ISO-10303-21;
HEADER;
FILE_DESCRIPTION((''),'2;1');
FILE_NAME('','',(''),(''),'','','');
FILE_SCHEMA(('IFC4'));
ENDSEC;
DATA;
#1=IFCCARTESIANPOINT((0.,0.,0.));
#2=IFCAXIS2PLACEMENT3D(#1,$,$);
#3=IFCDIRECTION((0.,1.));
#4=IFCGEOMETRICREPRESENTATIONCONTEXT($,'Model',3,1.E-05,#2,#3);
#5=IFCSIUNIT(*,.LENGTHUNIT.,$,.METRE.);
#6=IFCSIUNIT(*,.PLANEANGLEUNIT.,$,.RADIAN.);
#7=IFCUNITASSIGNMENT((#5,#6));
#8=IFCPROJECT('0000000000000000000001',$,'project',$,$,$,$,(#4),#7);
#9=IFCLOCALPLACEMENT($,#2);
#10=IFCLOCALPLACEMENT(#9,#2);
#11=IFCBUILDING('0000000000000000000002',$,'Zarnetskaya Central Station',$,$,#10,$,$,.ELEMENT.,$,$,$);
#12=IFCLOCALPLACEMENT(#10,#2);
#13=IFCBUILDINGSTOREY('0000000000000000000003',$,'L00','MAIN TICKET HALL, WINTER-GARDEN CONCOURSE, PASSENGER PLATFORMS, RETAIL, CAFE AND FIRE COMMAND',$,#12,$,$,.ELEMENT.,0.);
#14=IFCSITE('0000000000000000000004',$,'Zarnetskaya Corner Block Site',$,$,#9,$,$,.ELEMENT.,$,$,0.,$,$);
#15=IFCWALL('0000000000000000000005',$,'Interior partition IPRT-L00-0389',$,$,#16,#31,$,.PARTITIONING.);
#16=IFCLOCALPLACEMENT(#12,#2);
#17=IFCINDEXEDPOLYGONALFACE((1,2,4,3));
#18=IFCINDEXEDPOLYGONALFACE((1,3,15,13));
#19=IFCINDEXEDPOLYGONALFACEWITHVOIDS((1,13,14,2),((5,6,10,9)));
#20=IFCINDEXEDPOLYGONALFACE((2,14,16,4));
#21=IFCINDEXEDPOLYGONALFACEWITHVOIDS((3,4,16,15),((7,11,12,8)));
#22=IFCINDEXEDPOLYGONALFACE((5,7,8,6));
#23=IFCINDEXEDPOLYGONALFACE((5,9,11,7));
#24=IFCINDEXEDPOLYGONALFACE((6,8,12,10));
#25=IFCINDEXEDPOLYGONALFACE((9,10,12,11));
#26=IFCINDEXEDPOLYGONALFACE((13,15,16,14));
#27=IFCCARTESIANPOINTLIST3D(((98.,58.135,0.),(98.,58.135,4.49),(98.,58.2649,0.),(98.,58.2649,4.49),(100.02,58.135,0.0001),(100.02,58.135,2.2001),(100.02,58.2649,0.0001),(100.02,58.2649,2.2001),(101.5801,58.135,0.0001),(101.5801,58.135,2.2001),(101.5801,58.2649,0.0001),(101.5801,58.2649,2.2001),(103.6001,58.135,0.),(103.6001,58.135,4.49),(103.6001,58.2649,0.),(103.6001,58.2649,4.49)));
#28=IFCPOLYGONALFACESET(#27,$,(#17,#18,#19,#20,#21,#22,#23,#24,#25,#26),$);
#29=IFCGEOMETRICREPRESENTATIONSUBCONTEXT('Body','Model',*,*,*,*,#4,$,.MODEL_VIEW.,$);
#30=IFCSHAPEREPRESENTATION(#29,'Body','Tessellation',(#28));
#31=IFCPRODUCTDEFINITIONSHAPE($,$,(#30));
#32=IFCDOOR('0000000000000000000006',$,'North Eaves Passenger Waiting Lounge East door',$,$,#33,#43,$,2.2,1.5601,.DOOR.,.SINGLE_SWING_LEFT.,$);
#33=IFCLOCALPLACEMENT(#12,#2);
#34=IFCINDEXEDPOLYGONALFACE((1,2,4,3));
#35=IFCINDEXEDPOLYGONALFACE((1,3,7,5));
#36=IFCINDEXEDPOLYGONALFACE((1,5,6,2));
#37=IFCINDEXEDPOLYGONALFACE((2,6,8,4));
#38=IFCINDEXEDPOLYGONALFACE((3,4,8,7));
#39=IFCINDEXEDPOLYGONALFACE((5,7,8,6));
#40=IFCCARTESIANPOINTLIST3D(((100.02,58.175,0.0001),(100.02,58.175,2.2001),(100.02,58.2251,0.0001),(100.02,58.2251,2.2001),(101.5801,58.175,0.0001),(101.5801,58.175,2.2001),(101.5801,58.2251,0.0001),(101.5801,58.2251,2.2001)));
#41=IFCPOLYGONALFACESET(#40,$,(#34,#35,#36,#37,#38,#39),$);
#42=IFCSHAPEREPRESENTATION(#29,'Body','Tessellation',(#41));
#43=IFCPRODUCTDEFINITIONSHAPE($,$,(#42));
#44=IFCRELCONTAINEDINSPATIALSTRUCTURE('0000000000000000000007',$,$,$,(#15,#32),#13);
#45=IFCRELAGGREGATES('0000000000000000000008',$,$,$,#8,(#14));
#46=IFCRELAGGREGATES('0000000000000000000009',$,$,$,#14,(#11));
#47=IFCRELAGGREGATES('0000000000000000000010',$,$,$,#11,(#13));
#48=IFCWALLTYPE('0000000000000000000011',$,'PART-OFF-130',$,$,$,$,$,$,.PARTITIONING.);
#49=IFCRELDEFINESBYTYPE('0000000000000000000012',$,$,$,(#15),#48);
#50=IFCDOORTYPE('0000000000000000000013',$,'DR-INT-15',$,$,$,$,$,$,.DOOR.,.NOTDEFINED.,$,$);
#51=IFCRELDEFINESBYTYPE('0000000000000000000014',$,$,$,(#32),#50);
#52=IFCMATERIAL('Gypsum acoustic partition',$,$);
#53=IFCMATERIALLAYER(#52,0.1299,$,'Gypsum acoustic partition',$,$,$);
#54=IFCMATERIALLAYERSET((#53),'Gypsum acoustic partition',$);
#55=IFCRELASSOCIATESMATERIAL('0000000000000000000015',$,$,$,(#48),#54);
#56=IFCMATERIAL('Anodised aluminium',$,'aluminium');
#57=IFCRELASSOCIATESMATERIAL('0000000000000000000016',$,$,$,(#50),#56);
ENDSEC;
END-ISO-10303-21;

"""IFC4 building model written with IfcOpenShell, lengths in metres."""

from ifc_helpers import new_model, si_unit, direction, frame, frame_2d, origin, place, context, subcontext, project, spatial, rectangle, extrude, material, layer, layer_set, type_object, element, fill, save


model = new_model("IFC4")

# Units and contexts
model_context = context("Model", 3, precision=1e-05, world=origin(), true_north=direction((0.0, 1.0)))
body_context = subcontext(model_context, "Body", "Model", "MODEL_VIEW")
ifc_project = project(units=[si_unit("LENGTHUNIT", "METRE"), si_unit("PLANEANGLEUNIT", "RADIAN")], contexts=[model_context])

# Site, building, storey
site_placement = place(None, origin())
site = spatial("IfcSite", under=ifc_project, at=site_placement, Name="Zarnetskaya Corner Block Site", CompositionType="ELEMENT", RefElevation=0.0)
building_placement = place(site_placement, origin())
building = spatial("IfcBuilding", under=site, at=building_placement, Name="Zarnetskaya Central Station", CompositionType="ELEMENT")
storey_placement = place(building_placement, origin())
storey = spatial("IfcBuildingStorey", under=building, at=storey_placement, Name="L00", Description="MAIN TICKET HALL, WINTER-GARDEN CONCOURSE, PASSENGER PLATFORMS, RETAIL, CAFE AND FIRE COMMAND", CompositionType="ELEMENT", Elevation=0.0)

# Wall, opening, door
ifc_material_1 = material(Name="Gypsum acoustic partition")
ifc_material_2 = material(Name="Anodised aluminium", Category="aluminium")
ifc_layer_1 = layer(ifc_material_1, 0.1299, Name="Gypsum acoustic partition")
ifc_layer_set_1 = layer_set([ifc_layer_1], Name="Gypsum acoustic partition")
wall_type_1 = type_object("IfcWallType", Name="PART-OFF-130", PredefinedType="PARTITIONING", material=ifc_layer_set_1)
wall_1_placement = place(storey_placement, frame((103.6001, 58.2, 0.0), z_axis=(0.0, 0.0, 1.0), x_axis=(-1.0, 0.0, 0.0)))
wall_1 = element("IfcWall", 1, at=wall_1_placement, inside=storey, type_object=wall_type_1, Name="Interior partition IPRT-L00-0389", PredefinedType="PARTITIONING", context=body_context, shape_type="SweptSolid", body=[
    extrude(rectangle(XDim=5.6001, YDim=0.1299, at=frame_2d((2.8, 0.0))), origin(), (0.0, 0.0, 1.0), 4.49),
])
opening_1_placement = place(wall_1_placement, frame((2.02, 0.0, 0.0)))
opening_1 = element("IfcOpeningElement", 2, at=opening_1_placement, cuts=wall_1, PredefinedType="OPENING", context=body_context, shape_type="SweptSolid", body=[
    extrude(rectangle(XDim=1.5601, YDim=2.2, at=frame_2d((0.78, 1.1001))), frame((0.0, 0.075, 0.0), z_axis=(0.0, -1.0, 0.0), x_axis=(1.0, 0.0, 0.0)), (0.0, 0.0, 1.0), 0.1499),
])
door_type_1 = type_object("IfcDoorType", Name="DR-INT-15", OperationType="NOTDEFINED", PredefinedType="DOOR", material=ifc_material_2)
door_1_placement = place(opening_1_placement, origin())
door_1 = element("IfcDoor", 3, at=door_1_placement, inside=storey, type_object=door_type_1, Name="North Eaves Passenger Waiting Lounge East door", OperationType="SINGLE_SWING_LEFT", OverallHeight=2.2, OverallWidth=1.5601, PredefinedType="DOOR", context=body_context, shape_type="SweptSolid", body=[
    extrude(rectangle(XDim=1.5601, YDim=2.2, at=frame_2d((0.78, 1.1001))), frame((0.0, 0.0249, 0.0), z_axis=(0.0, -1.0, 0.0), x_axis=(1.0, 0.0, 0.0)), (0.0, 0.0, 1.0), 0.05),
])
fill(opening_1, door_1)

save(model, "model.ifc")
